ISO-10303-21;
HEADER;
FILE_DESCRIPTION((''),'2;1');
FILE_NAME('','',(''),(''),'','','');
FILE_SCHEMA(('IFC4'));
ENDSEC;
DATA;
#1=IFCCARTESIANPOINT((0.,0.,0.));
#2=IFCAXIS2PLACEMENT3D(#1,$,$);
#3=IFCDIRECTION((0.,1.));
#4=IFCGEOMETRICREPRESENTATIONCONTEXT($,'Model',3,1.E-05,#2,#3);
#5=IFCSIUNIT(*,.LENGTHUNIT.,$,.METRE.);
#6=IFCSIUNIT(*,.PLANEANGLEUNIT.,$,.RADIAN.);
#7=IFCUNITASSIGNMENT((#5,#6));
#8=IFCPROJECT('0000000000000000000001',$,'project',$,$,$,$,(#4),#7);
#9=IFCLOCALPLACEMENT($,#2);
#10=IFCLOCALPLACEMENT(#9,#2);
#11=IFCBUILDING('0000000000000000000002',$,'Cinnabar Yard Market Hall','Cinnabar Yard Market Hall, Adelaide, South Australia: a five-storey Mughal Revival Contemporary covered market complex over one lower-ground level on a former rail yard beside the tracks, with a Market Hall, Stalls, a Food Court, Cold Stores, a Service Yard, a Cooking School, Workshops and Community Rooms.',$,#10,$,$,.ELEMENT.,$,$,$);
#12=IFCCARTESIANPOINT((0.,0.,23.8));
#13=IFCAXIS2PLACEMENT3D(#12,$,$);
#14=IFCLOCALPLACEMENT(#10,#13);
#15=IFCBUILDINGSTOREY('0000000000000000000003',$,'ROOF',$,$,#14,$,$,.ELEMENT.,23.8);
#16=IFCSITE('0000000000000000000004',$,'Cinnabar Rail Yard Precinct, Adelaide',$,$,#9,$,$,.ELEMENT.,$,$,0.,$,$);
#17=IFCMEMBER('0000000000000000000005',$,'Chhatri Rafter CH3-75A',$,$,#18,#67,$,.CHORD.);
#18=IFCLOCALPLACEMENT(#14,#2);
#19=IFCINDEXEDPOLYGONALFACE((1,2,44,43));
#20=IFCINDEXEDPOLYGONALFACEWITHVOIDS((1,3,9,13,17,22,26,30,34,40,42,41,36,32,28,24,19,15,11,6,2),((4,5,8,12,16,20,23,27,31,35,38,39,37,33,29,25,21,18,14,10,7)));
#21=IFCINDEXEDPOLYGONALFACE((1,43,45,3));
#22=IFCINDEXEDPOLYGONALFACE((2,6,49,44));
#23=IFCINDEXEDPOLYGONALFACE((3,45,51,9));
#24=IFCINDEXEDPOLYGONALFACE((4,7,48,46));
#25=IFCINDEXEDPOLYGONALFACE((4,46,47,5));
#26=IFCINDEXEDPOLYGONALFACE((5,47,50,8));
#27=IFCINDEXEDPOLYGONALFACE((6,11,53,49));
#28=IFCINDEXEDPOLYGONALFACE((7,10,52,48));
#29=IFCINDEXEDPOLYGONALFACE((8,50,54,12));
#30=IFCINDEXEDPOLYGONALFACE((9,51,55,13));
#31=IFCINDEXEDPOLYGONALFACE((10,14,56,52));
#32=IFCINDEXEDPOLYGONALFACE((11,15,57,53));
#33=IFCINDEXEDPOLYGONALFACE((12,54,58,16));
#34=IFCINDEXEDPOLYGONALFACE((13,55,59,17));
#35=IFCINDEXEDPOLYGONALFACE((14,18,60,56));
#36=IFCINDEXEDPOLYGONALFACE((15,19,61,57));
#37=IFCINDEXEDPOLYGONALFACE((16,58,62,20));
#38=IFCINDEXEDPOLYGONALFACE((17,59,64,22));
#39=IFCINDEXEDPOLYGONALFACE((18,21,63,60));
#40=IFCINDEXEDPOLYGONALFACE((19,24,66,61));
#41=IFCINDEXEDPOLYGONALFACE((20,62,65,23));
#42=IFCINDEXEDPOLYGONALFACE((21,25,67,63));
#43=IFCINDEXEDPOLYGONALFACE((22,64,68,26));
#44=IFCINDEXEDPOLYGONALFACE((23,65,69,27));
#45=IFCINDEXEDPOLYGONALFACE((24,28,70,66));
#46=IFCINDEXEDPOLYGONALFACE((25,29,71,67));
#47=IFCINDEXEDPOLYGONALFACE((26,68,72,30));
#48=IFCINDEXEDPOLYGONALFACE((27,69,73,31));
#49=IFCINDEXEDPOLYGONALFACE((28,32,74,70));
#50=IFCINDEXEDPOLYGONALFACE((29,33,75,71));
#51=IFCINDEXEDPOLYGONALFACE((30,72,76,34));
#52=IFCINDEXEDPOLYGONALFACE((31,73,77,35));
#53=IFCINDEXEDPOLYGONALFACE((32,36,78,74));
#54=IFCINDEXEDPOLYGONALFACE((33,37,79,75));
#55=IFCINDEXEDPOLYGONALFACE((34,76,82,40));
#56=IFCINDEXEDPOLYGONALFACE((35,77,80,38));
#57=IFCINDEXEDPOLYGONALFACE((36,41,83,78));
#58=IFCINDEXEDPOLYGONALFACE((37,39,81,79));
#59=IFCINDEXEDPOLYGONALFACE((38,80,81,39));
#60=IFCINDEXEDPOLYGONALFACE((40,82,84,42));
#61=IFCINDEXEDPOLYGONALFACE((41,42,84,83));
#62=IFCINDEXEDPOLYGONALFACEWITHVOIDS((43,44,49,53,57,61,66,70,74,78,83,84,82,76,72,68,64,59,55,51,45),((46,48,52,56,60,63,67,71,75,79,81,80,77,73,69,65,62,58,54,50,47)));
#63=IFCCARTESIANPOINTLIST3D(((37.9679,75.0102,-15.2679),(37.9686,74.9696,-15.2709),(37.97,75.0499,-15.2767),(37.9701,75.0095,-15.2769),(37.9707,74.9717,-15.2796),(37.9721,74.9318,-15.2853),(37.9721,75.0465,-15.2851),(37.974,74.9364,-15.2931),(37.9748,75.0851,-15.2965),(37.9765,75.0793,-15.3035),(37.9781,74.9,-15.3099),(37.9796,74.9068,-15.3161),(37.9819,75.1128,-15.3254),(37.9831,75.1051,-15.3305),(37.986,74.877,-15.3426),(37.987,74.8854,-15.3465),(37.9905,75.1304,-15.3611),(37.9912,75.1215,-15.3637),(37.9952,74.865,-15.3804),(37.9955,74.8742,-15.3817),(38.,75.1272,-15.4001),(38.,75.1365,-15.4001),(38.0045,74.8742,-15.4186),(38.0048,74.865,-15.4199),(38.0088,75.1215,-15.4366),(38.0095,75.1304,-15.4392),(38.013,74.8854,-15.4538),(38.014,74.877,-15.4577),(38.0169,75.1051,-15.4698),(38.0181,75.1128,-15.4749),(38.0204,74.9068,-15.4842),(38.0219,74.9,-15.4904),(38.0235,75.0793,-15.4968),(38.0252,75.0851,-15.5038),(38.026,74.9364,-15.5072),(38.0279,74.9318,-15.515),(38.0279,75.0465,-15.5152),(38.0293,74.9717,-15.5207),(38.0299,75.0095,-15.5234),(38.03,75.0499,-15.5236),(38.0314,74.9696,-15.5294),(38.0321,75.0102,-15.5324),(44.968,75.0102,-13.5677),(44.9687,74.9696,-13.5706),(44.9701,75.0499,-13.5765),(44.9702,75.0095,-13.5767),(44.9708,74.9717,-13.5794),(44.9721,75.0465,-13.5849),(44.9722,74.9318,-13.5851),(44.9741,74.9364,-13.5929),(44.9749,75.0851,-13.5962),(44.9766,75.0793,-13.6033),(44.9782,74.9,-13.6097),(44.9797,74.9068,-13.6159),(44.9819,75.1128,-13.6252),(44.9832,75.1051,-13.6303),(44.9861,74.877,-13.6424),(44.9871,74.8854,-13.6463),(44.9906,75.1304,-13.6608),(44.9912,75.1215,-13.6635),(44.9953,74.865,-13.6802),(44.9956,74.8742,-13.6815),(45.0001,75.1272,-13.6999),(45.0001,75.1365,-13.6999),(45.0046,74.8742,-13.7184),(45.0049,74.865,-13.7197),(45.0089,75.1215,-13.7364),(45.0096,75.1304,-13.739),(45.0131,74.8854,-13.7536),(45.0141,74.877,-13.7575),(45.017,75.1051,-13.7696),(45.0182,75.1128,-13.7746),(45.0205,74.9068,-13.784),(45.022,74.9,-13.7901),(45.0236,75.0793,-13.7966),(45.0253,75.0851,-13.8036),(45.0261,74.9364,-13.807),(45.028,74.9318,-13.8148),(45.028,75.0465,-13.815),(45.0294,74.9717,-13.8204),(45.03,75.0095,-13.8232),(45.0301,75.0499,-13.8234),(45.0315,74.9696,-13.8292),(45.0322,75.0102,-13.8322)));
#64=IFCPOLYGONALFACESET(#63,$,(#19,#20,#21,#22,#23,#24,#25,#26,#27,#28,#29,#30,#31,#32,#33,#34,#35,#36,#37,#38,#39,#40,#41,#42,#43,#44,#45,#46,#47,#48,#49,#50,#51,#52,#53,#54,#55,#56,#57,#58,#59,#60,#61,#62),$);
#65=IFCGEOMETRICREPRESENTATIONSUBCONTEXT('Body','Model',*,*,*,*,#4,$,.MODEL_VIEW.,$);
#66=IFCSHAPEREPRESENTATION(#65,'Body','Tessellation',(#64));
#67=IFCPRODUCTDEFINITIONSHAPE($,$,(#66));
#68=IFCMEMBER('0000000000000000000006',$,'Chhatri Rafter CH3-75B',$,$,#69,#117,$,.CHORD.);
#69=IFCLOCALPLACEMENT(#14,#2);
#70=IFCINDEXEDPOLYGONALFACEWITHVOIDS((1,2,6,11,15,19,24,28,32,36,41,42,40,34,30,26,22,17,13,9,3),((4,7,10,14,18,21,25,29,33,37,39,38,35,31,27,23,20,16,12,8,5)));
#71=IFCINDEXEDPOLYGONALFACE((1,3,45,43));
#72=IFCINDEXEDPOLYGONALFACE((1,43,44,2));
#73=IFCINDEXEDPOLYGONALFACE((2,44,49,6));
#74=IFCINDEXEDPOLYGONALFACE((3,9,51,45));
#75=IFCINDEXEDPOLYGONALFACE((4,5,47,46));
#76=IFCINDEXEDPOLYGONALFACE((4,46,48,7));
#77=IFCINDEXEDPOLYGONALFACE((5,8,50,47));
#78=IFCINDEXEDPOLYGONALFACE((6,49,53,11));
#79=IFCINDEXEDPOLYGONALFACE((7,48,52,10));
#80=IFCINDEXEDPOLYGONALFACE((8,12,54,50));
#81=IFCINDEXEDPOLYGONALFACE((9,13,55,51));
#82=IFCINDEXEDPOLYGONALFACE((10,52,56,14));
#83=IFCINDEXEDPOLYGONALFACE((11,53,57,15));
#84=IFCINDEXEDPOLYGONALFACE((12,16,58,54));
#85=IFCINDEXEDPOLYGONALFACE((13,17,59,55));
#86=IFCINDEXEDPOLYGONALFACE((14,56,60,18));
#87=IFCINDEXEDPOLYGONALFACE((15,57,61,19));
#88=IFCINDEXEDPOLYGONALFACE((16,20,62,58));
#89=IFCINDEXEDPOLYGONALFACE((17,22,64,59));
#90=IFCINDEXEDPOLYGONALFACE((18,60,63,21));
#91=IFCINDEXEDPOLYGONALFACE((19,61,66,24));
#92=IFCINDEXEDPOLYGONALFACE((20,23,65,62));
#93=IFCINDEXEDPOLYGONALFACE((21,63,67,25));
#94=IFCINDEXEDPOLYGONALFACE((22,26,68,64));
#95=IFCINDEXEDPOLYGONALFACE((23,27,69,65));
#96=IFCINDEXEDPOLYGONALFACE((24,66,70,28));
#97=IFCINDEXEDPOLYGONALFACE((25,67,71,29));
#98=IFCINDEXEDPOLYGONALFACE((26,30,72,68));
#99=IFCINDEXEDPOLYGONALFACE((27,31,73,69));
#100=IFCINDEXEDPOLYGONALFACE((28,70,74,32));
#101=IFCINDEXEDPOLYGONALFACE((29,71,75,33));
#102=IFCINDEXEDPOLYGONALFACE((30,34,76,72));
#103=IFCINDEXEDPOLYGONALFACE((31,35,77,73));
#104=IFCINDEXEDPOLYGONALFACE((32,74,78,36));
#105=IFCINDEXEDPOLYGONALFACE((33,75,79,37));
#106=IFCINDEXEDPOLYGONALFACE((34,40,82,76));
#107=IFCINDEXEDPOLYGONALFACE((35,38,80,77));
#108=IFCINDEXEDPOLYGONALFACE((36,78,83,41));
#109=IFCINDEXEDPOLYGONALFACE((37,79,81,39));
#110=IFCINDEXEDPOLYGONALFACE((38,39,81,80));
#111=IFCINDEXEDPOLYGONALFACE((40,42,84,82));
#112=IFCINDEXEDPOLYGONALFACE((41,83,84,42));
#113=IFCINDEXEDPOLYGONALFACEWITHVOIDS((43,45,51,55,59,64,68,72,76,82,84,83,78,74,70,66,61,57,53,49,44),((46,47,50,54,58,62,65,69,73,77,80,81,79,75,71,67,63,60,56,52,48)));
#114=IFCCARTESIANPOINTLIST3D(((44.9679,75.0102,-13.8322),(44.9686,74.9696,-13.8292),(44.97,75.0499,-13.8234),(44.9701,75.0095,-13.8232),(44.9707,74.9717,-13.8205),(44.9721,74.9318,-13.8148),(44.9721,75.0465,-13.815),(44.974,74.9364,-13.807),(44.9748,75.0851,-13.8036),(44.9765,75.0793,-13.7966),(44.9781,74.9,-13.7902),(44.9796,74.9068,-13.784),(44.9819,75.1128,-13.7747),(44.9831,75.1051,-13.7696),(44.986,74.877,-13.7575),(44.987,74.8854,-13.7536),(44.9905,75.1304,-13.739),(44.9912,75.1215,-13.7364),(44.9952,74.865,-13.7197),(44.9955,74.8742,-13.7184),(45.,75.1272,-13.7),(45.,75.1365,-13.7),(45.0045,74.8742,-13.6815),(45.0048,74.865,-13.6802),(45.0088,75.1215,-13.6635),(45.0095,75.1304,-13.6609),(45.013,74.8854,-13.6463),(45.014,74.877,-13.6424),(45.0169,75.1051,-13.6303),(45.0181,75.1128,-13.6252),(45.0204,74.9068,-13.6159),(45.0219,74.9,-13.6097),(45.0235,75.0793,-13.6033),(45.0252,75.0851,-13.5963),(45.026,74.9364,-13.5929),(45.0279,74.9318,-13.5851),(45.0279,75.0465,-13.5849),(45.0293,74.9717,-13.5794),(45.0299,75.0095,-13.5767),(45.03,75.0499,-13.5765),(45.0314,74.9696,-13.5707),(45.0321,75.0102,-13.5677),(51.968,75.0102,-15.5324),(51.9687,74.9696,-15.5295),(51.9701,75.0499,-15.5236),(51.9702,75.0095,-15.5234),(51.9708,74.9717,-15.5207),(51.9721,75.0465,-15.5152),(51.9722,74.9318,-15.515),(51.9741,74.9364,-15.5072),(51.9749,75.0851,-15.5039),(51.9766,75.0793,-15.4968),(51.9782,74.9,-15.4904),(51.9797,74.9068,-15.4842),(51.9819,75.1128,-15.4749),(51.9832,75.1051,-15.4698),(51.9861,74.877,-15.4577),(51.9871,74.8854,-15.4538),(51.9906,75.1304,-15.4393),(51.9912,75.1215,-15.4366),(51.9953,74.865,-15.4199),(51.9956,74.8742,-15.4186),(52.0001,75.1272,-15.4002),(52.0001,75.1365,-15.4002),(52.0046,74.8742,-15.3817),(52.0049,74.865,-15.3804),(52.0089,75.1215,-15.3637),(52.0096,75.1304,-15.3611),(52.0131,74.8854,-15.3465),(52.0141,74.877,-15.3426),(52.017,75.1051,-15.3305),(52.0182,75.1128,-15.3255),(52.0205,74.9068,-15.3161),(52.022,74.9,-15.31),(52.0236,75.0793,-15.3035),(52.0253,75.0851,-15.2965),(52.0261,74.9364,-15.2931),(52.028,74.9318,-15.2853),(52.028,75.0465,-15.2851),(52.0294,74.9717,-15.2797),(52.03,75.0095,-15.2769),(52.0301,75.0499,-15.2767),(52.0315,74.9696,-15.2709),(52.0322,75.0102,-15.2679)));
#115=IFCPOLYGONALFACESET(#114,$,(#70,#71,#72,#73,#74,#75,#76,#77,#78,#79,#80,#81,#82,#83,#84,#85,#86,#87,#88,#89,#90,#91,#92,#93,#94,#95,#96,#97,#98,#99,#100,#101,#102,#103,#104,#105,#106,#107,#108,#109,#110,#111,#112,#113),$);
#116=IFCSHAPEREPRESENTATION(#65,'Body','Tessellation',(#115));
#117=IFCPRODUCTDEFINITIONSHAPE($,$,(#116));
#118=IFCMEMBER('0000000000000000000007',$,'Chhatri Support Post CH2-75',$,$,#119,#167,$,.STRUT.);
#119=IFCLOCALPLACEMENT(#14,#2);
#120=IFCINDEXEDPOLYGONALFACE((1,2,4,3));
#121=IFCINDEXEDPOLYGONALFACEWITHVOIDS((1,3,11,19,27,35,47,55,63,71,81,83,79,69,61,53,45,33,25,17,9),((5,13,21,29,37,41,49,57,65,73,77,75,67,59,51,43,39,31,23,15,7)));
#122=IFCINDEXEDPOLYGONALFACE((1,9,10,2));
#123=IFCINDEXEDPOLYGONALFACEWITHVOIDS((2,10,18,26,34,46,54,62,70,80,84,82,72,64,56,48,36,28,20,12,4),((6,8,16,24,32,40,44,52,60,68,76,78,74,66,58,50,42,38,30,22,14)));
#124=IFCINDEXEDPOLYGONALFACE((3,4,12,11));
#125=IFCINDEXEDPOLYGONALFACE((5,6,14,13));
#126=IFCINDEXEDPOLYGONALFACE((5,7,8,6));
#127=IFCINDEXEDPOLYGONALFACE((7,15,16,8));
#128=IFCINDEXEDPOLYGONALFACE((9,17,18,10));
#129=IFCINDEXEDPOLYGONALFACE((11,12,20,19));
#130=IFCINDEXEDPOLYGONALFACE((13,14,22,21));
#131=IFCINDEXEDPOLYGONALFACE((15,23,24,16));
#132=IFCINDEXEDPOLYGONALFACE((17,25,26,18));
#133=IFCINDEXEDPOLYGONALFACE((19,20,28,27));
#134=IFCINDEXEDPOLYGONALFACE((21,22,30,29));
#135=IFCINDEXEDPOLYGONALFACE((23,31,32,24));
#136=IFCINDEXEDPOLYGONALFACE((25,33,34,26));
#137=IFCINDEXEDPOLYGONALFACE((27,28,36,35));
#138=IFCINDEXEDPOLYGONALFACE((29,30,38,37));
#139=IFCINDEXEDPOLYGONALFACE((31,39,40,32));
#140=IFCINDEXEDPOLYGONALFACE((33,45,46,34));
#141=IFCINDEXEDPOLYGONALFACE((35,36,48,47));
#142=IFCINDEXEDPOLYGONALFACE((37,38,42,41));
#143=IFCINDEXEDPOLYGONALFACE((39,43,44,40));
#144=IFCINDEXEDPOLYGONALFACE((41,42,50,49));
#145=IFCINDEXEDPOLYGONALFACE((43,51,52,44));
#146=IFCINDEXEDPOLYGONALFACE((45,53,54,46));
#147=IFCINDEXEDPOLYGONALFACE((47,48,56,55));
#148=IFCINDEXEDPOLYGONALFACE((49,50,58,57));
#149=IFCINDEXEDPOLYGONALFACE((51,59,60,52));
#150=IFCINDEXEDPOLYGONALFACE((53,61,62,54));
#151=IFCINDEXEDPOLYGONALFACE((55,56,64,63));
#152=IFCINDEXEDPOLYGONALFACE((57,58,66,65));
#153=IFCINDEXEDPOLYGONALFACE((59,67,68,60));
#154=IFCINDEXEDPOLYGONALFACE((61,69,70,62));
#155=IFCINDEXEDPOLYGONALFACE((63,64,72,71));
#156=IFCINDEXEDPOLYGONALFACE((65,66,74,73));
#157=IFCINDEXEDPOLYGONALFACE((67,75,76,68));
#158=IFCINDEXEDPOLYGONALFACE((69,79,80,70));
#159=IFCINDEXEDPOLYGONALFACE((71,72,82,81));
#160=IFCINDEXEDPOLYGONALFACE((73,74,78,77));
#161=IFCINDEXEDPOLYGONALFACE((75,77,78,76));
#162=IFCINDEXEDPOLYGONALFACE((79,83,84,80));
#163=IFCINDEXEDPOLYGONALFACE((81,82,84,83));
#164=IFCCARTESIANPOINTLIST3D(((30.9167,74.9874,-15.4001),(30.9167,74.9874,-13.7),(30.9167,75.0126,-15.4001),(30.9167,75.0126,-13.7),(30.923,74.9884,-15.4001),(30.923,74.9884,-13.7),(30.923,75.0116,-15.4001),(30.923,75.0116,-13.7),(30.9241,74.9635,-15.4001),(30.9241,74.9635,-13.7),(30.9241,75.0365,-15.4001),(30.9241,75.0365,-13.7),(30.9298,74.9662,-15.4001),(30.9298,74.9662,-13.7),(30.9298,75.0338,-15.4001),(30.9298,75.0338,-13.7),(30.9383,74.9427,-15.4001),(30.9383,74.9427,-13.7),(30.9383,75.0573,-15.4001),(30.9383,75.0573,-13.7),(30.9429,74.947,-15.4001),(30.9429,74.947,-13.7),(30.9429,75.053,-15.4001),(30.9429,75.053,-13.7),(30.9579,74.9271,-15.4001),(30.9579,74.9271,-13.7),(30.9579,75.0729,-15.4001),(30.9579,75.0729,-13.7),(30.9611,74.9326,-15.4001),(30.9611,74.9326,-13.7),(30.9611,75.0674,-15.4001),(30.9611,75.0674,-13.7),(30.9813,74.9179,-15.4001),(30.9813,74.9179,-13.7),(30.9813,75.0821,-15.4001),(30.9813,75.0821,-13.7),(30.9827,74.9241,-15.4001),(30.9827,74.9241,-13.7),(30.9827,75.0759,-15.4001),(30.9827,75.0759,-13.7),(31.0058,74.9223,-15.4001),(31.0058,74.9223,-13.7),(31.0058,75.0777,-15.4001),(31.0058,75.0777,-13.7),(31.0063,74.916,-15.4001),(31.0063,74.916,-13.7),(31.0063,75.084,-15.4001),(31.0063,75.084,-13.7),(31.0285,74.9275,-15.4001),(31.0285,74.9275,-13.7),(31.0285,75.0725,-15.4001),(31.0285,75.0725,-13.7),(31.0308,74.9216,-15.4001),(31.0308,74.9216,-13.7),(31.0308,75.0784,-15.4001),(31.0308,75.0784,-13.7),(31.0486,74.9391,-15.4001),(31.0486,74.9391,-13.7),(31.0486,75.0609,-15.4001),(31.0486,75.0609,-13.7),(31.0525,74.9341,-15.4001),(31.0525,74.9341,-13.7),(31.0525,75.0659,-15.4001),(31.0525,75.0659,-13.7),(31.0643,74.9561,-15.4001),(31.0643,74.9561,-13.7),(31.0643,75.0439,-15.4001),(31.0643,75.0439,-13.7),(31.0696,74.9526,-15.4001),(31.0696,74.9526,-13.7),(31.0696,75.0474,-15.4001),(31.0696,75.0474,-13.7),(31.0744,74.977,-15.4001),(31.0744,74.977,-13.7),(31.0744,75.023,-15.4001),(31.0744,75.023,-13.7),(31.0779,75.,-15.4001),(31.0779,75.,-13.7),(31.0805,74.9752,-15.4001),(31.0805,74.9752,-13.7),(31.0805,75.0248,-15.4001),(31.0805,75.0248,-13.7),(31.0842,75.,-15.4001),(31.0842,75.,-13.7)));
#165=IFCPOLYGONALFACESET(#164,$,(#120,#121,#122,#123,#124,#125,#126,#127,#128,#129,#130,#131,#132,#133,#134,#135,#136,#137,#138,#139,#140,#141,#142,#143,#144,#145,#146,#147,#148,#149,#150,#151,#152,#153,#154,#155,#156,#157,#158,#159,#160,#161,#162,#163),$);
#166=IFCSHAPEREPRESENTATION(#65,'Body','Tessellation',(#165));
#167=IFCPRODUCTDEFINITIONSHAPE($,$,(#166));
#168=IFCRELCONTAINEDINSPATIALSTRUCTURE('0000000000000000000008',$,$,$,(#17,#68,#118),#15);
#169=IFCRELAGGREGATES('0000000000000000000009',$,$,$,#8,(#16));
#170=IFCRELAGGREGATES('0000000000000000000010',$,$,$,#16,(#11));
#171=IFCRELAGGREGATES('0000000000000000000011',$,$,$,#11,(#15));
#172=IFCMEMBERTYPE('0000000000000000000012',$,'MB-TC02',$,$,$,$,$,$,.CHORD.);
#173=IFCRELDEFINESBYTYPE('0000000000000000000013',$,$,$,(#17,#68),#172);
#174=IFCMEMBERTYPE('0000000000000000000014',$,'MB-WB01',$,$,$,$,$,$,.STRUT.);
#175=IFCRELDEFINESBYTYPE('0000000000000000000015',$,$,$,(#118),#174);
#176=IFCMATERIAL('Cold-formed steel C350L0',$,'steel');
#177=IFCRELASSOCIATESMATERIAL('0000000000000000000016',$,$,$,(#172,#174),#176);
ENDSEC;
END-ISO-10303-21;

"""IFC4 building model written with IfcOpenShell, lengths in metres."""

from ifc_helpers import new_model, si_unit, direction, frame, origin, origin_2d_with_axis, place, context, subcontext, project, spatial, hollow_circle, extrude, material, material_profile, profile_set, type_object, element, save


model = new_model("IFC4")

# Units and contexts
model_context = context("Model", 3, precision=1e-05, world=origin(), true_north=direction((0.0, 1.0)))
body_context = subcontext(model_context, "Body", "Model", "MODEL_VIEW")
ifc_project = project(units=[si_unit("LENGTHUNIT", "METRE"), si_unit("PLANEANGLEUNIT", "RADIAN")], contexts=[model_context])

# Site, building, storey
site_placement = place(None, origin())
site = spatial("IfcSite", under=ifc_project, at=site_placement, Name="Cinnabar Rail Yard Precinct, Adelaide", CompositionType="ELEMENT", RefElevation=0.0)
building_placement = place(site_placement, origin())
building = spatial("IfcBuilding", under=site, at=building_placement, Name="Cinnabar Yard Market Hall", Description="Cinnabar Yard Market Hall, Adelaide, South Australia: a five-storey Mughal Revival Contemporary covered market complex over one lower-ground level on a former rail yard beside the tracks, with a Market Hall, Stalls, a Food Court, Cold Stores, a Service Yard, a Cooking School, Workshops and Community Rooms.", CompositionType="ELEMENT")
storey_placement = place(building_placement, frame((0.0, 0.0, 23.8)))
storey = spatial("IfcBuildingStorey", under=building, at=storey_placement, Name="ROOF", CompositionType="ELEMENT", Elevation=23.8)

# Members
ifc_material_1 = material(Name="Cold-formed steel C350L0", Category="steel")
ifc_material_profile_1 = material_profile(ifc_material_1, hollow_circle(Radius=0.1365, WallThickness=0.0093, at=origin_2d_with_axis()), Name="273.1x9.3CHS")
ifc_profile_set_1 = profile_set([ifc_material_profile_1], Name="Cold-formed steel C350L0")
member_type_1 = type_object("IfcMemberType", Name="MB-TC02", PredefinedType="CHORD", material=ifc_profile_set_1)
for number, where, z_axis, x_axis, name in (
    (1, (38.0, 75.0, -15.4001), (0.971747, 0.0, 0.236023), (0.0, 1.0, 0.0), "Chhatri Rafter CH3-75A"),
    (2, (45.0, 75.0, -13.7), (0.971747, 0.0, -0.236023), (0.0, 1.0, 0.0), "Chhatri Rafter CH3-75B"),
):
    element("IfcMember", number, at=place(storey_placement, frame(where, z_axis=z_axis, x_axis=x_axis)), inside=storey, type_object=member_type_1, Name=name, PredefinedType="CHORD", context=body_context, shape_type="SweptSolid", body=[
        extrude(hollow_circle(Radius=0.1365, WallThickness=0.0093, at=origin_2d_with_axis()), origin(), (0.0, 0.0, 1.0), 7.2036),
    ])
ifc_material_profile_2 = material_profile(ifc_material_1, hollow_circle(Radius=0.0842, WallThickness=0.0063, at=origin_2d_with_axis()), Name="168.3x6.4CHS")
ifc_profile_set_2 = profile_set([ifc_material_profile_2], Name="Cold-formed steel C350L0")
member_type_2 = type_object("IfcMemberType", Name="MB-WB01", PredefinedType="STRUT", material=ifc_profile_set_2)
for number, where, z_axis, x_axis, name in (
    (3, (31.0, 75.0, -15.4001), (0.0, 0.0, 1.0), (1.0, 0.0, 0.0), "Chhatri Support Post CH2-75"),
):
    element("IfcMember", number, at=place(storey_placement, frame(where, z_axis=z_axis, x_axis=x_axis)), inside=storey, type_object=member_type_2, Name=name, PredefinedType="STRUT", context=body_context, shape_type="SweptSolid", body=[
        extrude(hollow_circle(Radius=0.0842, WallThickness=0.0063, at=origin_2d_with_axis()), origin(), (0.0, 0.0, 1.0), 1.7002),
    ])

save(model, "model.ifc")
